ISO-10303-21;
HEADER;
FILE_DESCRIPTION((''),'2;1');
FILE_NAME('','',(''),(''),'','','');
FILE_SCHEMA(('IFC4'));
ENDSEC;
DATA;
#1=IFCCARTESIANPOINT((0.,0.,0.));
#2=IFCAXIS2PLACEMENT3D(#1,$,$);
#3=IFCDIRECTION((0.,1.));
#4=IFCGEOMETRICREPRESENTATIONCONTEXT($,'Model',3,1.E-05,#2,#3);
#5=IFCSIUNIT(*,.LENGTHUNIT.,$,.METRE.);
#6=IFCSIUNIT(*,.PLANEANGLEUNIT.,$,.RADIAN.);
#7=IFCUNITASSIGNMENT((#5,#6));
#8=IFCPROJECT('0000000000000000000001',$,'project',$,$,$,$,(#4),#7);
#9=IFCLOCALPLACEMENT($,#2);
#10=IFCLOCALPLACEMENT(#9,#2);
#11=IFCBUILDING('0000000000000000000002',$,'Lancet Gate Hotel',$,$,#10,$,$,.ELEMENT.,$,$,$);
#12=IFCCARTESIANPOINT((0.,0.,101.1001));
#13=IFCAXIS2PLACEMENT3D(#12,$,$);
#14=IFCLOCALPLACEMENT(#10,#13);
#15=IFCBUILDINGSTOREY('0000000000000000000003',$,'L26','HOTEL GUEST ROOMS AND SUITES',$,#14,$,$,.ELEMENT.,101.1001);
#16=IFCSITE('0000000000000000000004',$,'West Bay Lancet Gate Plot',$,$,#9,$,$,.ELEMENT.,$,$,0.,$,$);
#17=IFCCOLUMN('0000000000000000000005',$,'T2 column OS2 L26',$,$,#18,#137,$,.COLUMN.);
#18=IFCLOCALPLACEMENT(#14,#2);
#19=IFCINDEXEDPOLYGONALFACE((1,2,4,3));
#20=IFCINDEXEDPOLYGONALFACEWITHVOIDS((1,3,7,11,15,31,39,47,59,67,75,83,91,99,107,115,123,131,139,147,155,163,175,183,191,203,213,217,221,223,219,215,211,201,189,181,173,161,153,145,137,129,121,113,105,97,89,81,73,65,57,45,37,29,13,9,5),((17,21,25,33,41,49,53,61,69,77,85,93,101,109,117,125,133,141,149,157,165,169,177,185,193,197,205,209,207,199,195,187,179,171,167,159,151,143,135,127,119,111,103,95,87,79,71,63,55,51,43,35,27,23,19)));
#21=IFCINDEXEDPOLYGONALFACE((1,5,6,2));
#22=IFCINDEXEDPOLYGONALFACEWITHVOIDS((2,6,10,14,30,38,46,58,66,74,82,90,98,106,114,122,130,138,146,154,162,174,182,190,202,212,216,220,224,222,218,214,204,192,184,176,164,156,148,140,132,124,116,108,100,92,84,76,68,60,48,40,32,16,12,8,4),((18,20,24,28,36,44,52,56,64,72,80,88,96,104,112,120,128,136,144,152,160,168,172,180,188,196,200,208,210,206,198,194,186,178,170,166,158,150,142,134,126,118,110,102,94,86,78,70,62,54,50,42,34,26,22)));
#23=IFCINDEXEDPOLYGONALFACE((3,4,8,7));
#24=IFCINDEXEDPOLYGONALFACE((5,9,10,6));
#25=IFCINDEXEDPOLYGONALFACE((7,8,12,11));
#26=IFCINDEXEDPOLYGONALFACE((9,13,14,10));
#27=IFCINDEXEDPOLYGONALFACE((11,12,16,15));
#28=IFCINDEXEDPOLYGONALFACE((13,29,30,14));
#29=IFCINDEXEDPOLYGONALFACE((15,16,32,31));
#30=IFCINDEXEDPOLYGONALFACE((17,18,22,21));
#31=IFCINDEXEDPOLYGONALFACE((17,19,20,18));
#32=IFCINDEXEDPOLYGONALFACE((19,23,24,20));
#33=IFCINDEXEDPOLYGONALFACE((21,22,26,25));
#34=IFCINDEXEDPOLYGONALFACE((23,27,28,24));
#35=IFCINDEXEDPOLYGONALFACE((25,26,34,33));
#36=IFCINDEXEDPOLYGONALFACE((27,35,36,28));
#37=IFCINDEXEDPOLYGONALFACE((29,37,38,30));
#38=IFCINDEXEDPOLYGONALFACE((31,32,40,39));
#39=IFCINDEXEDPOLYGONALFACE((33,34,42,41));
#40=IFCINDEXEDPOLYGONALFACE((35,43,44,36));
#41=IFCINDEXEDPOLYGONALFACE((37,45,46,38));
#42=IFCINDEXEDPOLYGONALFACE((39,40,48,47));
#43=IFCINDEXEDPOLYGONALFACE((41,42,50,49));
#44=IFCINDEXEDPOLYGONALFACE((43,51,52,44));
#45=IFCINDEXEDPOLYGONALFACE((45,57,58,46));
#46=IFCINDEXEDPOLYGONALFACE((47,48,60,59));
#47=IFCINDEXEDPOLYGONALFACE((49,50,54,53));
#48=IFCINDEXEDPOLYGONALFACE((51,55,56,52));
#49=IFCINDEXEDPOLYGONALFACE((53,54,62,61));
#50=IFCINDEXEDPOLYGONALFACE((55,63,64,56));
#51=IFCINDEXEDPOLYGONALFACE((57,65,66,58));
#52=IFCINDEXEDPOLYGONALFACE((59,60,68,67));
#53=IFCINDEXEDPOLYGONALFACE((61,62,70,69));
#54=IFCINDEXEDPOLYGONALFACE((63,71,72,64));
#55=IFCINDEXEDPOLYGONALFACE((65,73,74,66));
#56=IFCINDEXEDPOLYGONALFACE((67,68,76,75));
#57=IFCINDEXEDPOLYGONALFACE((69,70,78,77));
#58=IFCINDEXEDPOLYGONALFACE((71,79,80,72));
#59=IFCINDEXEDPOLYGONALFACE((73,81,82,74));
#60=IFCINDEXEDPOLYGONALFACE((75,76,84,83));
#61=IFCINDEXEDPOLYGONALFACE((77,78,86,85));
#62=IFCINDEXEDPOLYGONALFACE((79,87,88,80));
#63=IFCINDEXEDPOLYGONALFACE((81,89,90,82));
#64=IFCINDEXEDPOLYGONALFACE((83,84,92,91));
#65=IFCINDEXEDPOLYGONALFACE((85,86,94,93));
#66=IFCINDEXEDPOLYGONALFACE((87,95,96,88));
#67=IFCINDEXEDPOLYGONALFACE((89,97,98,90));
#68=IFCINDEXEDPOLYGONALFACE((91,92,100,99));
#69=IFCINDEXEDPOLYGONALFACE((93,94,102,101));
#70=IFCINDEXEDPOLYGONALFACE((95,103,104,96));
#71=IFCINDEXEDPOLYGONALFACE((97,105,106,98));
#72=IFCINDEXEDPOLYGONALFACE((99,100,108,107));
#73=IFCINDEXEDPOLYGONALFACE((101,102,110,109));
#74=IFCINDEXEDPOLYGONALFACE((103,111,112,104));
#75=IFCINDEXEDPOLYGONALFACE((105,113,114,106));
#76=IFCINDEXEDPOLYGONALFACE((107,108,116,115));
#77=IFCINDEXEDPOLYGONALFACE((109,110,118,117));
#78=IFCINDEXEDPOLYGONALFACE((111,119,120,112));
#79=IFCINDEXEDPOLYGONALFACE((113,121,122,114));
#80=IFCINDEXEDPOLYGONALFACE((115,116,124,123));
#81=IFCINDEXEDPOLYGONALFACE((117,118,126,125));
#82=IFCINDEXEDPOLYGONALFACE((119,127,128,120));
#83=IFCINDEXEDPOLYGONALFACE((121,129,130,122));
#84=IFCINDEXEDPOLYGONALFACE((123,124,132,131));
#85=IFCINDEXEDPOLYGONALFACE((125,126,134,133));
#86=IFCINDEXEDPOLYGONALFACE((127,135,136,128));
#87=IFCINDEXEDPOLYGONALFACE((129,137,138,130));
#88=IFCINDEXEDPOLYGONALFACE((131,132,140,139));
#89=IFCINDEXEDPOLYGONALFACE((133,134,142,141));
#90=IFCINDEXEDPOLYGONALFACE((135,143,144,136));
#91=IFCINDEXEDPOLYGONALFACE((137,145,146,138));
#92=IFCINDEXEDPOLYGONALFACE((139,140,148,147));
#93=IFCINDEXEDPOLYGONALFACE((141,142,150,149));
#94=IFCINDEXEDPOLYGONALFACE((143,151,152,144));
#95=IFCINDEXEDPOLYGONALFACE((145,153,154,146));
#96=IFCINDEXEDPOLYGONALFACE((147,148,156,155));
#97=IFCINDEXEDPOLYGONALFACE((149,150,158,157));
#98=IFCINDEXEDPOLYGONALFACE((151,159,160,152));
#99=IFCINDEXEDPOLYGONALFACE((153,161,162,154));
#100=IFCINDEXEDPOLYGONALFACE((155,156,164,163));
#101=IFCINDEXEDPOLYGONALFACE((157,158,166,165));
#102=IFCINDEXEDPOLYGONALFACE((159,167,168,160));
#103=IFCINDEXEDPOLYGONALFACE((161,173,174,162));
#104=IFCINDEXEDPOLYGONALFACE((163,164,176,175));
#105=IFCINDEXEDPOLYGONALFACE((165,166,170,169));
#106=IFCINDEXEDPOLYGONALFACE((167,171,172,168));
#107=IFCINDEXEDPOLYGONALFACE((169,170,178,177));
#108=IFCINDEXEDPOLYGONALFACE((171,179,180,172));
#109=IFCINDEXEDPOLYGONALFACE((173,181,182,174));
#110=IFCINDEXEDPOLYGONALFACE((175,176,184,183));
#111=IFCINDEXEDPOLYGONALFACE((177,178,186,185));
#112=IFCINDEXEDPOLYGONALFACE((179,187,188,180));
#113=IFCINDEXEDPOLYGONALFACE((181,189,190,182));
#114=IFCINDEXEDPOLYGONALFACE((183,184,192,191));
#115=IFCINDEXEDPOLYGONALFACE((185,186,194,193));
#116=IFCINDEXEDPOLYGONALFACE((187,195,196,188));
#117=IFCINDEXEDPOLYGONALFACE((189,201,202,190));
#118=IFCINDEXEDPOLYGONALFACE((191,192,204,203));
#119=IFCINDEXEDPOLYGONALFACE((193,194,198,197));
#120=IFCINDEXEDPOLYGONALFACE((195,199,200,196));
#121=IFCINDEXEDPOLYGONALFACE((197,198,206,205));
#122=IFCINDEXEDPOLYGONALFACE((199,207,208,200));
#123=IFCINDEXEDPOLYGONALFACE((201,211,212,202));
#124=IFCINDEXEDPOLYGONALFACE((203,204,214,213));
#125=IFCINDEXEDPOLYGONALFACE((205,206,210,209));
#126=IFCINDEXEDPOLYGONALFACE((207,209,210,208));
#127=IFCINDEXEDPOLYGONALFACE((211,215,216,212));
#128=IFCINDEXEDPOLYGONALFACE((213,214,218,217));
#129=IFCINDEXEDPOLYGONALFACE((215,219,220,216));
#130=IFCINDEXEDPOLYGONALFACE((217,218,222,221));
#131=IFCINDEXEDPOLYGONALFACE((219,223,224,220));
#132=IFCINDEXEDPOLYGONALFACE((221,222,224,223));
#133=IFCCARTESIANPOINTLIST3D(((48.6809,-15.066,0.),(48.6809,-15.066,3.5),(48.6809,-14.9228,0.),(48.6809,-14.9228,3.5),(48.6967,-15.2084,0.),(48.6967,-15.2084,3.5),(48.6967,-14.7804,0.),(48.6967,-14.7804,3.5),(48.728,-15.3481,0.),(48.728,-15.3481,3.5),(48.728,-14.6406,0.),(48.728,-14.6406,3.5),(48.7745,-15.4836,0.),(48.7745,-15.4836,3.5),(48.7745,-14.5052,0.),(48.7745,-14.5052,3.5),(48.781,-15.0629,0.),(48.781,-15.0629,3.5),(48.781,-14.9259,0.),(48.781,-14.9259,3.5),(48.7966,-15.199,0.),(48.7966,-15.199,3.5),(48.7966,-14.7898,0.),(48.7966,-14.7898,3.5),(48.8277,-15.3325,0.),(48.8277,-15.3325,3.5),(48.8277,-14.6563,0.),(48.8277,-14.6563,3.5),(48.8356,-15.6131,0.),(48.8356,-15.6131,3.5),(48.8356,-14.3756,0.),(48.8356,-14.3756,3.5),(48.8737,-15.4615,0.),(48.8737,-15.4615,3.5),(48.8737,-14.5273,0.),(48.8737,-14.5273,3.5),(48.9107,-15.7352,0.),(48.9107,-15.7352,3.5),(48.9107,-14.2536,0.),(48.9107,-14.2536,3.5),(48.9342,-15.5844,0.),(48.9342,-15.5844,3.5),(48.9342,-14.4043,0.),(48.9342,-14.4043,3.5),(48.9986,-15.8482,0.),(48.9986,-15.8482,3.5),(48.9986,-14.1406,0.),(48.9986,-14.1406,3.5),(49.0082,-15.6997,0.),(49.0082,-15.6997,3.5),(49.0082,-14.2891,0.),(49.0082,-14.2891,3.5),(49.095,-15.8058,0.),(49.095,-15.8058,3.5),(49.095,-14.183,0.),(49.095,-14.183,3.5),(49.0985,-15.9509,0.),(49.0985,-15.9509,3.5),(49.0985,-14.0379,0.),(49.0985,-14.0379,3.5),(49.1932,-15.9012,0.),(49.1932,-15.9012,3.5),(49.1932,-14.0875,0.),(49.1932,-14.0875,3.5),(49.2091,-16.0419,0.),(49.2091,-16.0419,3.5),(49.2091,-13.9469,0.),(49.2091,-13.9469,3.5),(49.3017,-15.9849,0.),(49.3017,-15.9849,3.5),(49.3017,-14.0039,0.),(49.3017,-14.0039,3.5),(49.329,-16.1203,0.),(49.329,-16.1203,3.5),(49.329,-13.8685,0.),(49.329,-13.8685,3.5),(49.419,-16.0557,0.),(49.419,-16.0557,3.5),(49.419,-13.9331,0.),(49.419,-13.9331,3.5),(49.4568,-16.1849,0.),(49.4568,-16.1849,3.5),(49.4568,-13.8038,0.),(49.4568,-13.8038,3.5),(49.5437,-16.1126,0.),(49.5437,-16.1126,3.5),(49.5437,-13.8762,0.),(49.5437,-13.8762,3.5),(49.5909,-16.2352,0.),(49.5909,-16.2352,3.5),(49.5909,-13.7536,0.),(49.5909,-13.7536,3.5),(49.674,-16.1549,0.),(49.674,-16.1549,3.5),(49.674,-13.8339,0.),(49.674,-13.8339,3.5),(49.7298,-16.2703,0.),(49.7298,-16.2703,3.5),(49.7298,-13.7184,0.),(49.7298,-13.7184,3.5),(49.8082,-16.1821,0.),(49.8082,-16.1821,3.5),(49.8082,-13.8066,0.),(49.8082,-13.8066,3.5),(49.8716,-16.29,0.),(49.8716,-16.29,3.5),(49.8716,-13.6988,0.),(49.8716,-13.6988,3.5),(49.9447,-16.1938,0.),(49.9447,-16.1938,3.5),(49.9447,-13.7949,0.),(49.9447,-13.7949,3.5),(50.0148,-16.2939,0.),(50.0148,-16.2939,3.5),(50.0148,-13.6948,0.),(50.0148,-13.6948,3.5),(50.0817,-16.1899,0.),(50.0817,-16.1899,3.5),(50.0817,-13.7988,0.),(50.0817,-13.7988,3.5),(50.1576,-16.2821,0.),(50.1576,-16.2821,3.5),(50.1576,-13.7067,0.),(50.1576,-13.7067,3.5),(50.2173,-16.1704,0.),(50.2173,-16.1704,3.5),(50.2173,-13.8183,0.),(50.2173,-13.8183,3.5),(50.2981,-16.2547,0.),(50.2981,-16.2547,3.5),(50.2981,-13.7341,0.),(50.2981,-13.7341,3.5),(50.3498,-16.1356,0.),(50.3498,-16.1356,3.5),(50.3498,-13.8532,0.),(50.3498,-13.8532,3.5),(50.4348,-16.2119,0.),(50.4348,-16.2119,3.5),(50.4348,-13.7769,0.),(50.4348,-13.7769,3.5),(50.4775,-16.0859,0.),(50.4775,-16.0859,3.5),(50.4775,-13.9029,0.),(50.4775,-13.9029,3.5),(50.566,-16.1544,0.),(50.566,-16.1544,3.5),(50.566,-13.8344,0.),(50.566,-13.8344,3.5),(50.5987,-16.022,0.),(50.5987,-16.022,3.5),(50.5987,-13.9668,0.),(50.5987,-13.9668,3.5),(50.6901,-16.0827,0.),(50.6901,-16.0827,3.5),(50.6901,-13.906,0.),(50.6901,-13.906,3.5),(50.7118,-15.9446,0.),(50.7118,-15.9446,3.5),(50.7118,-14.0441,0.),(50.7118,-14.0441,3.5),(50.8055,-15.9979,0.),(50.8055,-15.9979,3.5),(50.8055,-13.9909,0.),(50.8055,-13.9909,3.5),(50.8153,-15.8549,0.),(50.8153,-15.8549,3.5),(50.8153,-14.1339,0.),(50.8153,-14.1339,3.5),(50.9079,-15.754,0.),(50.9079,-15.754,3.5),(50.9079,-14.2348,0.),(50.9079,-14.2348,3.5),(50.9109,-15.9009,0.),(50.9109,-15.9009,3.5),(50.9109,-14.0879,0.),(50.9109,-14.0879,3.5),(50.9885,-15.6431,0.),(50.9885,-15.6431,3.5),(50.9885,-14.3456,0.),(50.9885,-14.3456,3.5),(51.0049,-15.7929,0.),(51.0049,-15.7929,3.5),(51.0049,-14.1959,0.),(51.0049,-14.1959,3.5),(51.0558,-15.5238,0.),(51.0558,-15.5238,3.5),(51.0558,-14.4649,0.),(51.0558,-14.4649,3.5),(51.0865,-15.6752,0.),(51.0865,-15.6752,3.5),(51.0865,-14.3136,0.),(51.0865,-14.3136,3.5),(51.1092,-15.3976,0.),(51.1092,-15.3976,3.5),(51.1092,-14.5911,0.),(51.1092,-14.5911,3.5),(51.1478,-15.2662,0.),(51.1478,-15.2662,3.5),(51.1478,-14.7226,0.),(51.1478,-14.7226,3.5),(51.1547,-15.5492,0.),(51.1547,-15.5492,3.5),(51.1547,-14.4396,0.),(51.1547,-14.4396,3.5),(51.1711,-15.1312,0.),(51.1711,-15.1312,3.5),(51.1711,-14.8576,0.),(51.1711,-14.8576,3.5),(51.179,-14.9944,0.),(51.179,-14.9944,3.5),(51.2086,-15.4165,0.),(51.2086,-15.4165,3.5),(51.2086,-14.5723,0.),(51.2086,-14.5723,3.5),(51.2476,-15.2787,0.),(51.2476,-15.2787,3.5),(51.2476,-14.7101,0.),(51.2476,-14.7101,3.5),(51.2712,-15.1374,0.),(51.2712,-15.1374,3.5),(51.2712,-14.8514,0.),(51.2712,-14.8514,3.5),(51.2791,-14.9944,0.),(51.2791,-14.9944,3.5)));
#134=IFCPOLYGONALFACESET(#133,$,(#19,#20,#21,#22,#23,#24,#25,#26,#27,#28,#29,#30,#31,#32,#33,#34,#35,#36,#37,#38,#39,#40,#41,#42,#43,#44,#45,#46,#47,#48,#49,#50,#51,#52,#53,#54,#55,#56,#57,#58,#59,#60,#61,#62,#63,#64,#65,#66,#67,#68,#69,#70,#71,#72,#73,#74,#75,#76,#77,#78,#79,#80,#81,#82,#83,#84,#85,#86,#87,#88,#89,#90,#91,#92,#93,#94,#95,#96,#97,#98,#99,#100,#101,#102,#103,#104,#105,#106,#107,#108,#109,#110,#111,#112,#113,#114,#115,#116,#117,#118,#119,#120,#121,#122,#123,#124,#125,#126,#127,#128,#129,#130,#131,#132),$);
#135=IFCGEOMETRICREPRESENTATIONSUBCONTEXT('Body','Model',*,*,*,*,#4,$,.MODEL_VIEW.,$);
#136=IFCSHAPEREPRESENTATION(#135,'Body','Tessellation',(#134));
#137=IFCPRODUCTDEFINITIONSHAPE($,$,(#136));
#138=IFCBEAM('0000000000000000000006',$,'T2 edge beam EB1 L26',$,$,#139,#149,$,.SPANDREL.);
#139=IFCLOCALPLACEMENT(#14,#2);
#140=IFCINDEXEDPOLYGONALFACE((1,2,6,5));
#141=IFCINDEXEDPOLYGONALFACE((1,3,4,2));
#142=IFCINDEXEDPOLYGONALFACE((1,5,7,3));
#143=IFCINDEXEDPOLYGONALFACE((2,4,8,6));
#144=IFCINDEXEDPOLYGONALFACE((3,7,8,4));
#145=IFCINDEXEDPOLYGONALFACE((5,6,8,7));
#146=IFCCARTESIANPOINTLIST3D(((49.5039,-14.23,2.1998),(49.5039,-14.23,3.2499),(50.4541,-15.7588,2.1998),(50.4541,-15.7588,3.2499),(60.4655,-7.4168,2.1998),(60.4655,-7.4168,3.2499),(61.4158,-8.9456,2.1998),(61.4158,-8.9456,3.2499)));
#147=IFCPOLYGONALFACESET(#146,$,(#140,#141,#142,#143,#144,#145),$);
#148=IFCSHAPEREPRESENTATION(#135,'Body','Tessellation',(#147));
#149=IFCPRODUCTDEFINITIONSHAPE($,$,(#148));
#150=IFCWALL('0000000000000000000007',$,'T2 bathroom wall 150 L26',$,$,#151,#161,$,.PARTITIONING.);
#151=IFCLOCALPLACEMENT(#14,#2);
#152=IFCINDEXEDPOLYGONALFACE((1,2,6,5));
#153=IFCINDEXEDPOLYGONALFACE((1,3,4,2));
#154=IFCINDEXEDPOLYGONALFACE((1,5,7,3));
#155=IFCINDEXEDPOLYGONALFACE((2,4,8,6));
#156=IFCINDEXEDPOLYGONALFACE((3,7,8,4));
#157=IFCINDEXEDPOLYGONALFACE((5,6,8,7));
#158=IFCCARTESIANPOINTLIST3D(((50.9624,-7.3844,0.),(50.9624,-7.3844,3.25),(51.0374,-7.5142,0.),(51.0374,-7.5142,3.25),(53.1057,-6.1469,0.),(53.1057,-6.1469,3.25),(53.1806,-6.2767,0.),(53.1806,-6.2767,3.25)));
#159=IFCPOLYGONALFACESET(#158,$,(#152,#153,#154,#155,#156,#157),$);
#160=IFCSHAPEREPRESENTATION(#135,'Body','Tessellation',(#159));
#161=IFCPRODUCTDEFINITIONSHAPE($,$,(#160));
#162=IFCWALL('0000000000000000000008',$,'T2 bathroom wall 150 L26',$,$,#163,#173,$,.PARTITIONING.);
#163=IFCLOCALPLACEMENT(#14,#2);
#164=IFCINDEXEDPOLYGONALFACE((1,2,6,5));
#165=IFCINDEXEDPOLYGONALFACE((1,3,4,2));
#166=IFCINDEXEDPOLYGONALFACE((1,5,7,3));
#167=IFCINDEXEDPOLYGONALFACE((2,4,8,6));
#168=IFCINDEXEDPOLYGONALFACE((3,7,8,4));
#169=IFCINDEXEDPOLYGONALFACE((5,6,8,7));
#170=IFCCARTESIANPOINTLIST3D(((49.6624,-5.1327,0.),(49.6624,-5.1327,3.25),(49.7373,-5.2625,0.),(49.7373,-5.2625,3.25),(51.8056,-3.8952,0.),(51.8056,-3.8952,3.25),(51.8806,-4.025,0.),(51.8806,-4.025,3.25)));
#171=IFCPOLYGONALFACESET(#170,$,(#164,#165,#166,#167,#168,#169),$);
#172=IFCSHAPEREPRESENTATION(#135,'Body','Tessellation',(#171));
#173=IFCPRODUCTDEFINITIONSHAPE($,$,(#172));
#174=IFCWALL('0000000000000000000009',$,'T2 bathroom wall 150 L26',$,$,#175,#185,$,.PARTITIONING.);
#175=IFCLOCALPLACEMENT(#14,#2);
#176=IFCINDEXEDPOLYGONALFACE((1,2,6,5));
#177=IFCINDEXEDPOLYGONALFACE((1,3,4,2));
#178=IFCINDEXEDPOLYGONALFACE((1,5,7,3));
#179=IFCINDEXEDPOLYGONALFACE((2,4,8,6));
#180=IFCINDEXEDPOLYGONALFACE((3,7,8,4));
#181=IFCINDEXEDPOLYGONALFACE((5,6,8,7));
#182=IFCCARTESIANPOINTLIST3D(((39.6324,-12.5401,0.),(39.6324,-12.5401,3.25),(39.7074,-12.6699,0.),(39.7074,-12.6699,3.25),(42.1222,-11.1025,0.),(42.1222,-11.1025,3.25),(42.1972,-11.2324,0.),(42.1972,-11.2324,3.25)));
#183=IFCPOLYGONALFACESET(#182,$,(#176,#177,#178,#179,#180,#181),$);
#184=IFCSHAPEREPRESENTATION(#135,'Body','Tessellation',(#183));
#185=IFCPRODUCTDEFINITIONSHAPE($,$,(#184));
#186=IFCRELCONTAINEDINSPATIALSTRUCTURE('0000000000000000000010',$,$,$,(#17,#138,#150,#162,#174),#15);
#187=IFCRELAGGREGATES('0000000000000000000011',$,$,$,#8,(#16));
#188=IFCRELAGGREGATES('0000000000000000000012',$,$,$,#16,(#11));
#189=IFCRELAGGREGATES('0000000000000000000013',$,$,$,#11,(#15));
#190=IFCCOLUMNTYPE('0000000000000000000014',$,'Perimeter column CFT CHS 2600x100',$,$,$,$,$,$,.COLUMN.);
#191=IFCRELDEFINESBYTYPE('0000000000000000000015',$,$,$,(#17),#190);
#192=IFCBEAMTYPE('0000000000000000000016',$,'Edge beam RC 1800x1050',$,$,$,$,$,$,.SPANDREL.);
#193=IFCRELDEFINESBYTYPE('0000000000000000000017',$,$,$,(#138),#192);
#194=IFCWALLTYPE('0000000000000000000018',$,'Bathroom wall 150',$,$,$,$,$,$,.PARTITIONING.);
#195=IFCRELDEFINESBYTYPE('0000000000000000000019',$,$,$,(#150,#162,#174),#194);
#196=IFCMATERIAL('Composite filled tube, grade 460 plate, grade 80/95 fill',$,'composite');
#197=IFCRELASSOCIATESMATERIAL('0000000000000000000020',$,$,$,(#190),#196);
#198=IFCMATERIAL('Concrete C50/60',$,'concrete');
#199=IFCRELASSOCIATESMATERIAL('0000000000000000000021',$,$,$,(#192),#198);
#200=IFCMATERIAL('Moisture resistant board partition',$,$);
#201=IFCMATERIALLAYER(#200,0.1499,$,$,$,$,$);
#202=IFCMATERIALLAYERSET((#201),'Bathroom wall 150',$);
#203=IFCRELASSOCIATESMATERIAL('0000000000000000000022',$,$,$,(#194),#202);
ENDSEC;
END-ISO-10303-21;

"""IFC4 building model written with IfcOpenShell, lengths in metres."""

from ifc_helpers import new_model, si_unit, direction, frame, frame_2d, origin, origin_2d, place, context, subcontext, project, spatial, rectangle, hollow_circle, extrude, material, layer, layer_set, material_profile, profile_set, type_object, element, save


model = new_model("IFC4")

# Units and contexts
model_context = context("Model", 3, precision=1e-05, world=origin(), true_north=direction((0.0, 1.0)))
body_context = subcontext(model_context, "Body", "Model", "MODEL_VIEW")
ifc_project = project(units=[si_unit("LENGTHUNIT", "METRE"), si_unit("PLANEANGLEUNIT", "RADIAN")], contexts=[model_context])

# Site, building, storey
site_placement = place(None, origin())
site = spatial("IfcSite", under=ifc_project, at=site_placement, Name="West Bay Lancet Gate Plot", CompositionType="ELEMENT", RefElevation=0.0)
building_placement = place(site_placement, origin())
building = spatial("IfcBuilding", under=site, at=building_placement, Name="Lancet Gate Hotel", CompositionType="ELEMENT")
storey_placement = place(building_placement, frame((0.0, 0.0, 101.1001)))
storey = spatial("IfcBuildingStorey", under=building, at=storey_placement, Name="L26", Description="HOTEL GUEST ROOMS AND SUITES", CompositionType="ELEMENT", Elevation=101.1001)

# Column
ifc_material_1 = material(Name="Composite filled tube, grade 460 plate, grade 80/95 fill", Category="composite")
ifc_material_profile_1 = material_profile(ifc_material_1, hollow_circle(Radius=1.3, WallThickness=0.1001, at=origin_2d()), Name="CHS 2600x100")
ifc_profile_set_1 = profile_set([ifc_material_profile_1], Name="Composite filled tube, grade 460 plate, grade 80/95 fill")
column_type = type_object("IfcColumnType", Name="Perimeter column CFT CHS 2600x100", PredefinedType="COLUMN", material=ifc_profile_set_1)
column_placement = place(storey_placement, frame((49.979, -14.9944, 0.0), z_axis=(0.0, 0.0, 1.0), x_axis=(1.0, 0.0, 0.0)))
element("IfcColumn", 1, at=column_placement, inside=storey, type_object=column_type, Name="T2 column OS2 L26", PredefinedType="COLUMN", context=body_context, shape_type="SweptSolid", body=[
    extrude(hollow_circle(Radius=1.3, WallThickness=0.1001, at=origin_2d()), origin(), (0.0, 0.0, 1.0), 3.5),
])

# Beam
ifc_material_2 = material(Name="Concrete C50/60", Category="concrete")
ifc_material_profile_2 = material_profile(ifc_material_2, rectangle(XDim=1.8, YDim=1.05, at=origin_2d()), Name="RC 1800x1050")
ifc_profile_set_2 = profile_set([ifc_material_profile_2], Name="Concrete C50/60")
beam_type = type_object("IfcBeamType", Name="Edge beam RC 1800x1050", PredefinedType="SPANDREL", material=ifc_profile_set_2)
beam_placement = place(storey_placement, frame((49.979, -14.9944, 2.7249), z_axis=(0.849312, 0.527891, 0.0), x_axis=(-0.527891, 0.849312, 0.0)))
element("IfcBeam", 2, at=beam_placement, inside=storey, type_object=beam_type, Name="T2 edge beam EB1 L26", PredefinedType="SPANDREL", context=body_context, shape_type="SweptSolid", body=[
    extrude(rectangle(XDim=1.8, YDim=1.05, at=origin_2d()), origin(), (0.0, 0.0, 1.0), 12.9065),
])

# Walls
ifc_material_3 = material(Name="Moisture resistant board partition")
ifc_layer_1 = layer(ifc_material_3, 0.1499)
ifc_layer_set_1 = layer_set([ifc_layer_1], Name="Bathroom wall 150")
wall_type_1 = type_object("IfcWallType", Name="Bathroom wall 150", PredefinedType="PARTITIONING", material=ifc_layer_set_1)
for number, where, z_axis, x_axis, name in (
    (3, (51.0, -7.4492, 0.0), (0.0, 0.0, 1.0), (0.866007, 0.500033, 0.0), "T2 bathroom wall 150 L26"),
    (4, (49.7, -5.1975, 0.0), (0.0, 0.0, 1.0), (0.866007, 0.500033, 0.0), "T2 bathroom wall 150 L26"),
):
    element("IfcWall", number, at=place(storey_placement, frame(where, z_axis=z_axis, x_axis=x_axis)), inside=storey, type_object=wall_type_1, Name=name, PredefinedType="PARTITIONING", context=body_context, shape_type="SweptSolid", body=[
        extrude(rectangle(XDim=2.4749, YDim=0.1499, at=frame_2d((1.2373, 0.0))), origin(), (0.0, 0.0, 1.0), 3.25),
    ])
wall_1_placement = place(storey_placement, frame((39.6699, -12.605, 0.0), z_axis=(0.0, 0.0, 1.0), x_axis=(0.866019, 0.500012, 0.0)))
element("IfcWall", 5, at=wall_1_placement, inside=storey, type_object=wall_type_1, Name="T2 bathroom wall 150 L26", PredefinedType="PARTITIONING", context=body_context, shape_type="SweptSolid", body=[
    extrude(rectangle(XDim=2.875, YDim=0.1499, at=frame_2d((1.4375, 0.0))), origin(), (0.0, 0.0, 1.0), 3.25),
])

save(model, "model.ifc")
